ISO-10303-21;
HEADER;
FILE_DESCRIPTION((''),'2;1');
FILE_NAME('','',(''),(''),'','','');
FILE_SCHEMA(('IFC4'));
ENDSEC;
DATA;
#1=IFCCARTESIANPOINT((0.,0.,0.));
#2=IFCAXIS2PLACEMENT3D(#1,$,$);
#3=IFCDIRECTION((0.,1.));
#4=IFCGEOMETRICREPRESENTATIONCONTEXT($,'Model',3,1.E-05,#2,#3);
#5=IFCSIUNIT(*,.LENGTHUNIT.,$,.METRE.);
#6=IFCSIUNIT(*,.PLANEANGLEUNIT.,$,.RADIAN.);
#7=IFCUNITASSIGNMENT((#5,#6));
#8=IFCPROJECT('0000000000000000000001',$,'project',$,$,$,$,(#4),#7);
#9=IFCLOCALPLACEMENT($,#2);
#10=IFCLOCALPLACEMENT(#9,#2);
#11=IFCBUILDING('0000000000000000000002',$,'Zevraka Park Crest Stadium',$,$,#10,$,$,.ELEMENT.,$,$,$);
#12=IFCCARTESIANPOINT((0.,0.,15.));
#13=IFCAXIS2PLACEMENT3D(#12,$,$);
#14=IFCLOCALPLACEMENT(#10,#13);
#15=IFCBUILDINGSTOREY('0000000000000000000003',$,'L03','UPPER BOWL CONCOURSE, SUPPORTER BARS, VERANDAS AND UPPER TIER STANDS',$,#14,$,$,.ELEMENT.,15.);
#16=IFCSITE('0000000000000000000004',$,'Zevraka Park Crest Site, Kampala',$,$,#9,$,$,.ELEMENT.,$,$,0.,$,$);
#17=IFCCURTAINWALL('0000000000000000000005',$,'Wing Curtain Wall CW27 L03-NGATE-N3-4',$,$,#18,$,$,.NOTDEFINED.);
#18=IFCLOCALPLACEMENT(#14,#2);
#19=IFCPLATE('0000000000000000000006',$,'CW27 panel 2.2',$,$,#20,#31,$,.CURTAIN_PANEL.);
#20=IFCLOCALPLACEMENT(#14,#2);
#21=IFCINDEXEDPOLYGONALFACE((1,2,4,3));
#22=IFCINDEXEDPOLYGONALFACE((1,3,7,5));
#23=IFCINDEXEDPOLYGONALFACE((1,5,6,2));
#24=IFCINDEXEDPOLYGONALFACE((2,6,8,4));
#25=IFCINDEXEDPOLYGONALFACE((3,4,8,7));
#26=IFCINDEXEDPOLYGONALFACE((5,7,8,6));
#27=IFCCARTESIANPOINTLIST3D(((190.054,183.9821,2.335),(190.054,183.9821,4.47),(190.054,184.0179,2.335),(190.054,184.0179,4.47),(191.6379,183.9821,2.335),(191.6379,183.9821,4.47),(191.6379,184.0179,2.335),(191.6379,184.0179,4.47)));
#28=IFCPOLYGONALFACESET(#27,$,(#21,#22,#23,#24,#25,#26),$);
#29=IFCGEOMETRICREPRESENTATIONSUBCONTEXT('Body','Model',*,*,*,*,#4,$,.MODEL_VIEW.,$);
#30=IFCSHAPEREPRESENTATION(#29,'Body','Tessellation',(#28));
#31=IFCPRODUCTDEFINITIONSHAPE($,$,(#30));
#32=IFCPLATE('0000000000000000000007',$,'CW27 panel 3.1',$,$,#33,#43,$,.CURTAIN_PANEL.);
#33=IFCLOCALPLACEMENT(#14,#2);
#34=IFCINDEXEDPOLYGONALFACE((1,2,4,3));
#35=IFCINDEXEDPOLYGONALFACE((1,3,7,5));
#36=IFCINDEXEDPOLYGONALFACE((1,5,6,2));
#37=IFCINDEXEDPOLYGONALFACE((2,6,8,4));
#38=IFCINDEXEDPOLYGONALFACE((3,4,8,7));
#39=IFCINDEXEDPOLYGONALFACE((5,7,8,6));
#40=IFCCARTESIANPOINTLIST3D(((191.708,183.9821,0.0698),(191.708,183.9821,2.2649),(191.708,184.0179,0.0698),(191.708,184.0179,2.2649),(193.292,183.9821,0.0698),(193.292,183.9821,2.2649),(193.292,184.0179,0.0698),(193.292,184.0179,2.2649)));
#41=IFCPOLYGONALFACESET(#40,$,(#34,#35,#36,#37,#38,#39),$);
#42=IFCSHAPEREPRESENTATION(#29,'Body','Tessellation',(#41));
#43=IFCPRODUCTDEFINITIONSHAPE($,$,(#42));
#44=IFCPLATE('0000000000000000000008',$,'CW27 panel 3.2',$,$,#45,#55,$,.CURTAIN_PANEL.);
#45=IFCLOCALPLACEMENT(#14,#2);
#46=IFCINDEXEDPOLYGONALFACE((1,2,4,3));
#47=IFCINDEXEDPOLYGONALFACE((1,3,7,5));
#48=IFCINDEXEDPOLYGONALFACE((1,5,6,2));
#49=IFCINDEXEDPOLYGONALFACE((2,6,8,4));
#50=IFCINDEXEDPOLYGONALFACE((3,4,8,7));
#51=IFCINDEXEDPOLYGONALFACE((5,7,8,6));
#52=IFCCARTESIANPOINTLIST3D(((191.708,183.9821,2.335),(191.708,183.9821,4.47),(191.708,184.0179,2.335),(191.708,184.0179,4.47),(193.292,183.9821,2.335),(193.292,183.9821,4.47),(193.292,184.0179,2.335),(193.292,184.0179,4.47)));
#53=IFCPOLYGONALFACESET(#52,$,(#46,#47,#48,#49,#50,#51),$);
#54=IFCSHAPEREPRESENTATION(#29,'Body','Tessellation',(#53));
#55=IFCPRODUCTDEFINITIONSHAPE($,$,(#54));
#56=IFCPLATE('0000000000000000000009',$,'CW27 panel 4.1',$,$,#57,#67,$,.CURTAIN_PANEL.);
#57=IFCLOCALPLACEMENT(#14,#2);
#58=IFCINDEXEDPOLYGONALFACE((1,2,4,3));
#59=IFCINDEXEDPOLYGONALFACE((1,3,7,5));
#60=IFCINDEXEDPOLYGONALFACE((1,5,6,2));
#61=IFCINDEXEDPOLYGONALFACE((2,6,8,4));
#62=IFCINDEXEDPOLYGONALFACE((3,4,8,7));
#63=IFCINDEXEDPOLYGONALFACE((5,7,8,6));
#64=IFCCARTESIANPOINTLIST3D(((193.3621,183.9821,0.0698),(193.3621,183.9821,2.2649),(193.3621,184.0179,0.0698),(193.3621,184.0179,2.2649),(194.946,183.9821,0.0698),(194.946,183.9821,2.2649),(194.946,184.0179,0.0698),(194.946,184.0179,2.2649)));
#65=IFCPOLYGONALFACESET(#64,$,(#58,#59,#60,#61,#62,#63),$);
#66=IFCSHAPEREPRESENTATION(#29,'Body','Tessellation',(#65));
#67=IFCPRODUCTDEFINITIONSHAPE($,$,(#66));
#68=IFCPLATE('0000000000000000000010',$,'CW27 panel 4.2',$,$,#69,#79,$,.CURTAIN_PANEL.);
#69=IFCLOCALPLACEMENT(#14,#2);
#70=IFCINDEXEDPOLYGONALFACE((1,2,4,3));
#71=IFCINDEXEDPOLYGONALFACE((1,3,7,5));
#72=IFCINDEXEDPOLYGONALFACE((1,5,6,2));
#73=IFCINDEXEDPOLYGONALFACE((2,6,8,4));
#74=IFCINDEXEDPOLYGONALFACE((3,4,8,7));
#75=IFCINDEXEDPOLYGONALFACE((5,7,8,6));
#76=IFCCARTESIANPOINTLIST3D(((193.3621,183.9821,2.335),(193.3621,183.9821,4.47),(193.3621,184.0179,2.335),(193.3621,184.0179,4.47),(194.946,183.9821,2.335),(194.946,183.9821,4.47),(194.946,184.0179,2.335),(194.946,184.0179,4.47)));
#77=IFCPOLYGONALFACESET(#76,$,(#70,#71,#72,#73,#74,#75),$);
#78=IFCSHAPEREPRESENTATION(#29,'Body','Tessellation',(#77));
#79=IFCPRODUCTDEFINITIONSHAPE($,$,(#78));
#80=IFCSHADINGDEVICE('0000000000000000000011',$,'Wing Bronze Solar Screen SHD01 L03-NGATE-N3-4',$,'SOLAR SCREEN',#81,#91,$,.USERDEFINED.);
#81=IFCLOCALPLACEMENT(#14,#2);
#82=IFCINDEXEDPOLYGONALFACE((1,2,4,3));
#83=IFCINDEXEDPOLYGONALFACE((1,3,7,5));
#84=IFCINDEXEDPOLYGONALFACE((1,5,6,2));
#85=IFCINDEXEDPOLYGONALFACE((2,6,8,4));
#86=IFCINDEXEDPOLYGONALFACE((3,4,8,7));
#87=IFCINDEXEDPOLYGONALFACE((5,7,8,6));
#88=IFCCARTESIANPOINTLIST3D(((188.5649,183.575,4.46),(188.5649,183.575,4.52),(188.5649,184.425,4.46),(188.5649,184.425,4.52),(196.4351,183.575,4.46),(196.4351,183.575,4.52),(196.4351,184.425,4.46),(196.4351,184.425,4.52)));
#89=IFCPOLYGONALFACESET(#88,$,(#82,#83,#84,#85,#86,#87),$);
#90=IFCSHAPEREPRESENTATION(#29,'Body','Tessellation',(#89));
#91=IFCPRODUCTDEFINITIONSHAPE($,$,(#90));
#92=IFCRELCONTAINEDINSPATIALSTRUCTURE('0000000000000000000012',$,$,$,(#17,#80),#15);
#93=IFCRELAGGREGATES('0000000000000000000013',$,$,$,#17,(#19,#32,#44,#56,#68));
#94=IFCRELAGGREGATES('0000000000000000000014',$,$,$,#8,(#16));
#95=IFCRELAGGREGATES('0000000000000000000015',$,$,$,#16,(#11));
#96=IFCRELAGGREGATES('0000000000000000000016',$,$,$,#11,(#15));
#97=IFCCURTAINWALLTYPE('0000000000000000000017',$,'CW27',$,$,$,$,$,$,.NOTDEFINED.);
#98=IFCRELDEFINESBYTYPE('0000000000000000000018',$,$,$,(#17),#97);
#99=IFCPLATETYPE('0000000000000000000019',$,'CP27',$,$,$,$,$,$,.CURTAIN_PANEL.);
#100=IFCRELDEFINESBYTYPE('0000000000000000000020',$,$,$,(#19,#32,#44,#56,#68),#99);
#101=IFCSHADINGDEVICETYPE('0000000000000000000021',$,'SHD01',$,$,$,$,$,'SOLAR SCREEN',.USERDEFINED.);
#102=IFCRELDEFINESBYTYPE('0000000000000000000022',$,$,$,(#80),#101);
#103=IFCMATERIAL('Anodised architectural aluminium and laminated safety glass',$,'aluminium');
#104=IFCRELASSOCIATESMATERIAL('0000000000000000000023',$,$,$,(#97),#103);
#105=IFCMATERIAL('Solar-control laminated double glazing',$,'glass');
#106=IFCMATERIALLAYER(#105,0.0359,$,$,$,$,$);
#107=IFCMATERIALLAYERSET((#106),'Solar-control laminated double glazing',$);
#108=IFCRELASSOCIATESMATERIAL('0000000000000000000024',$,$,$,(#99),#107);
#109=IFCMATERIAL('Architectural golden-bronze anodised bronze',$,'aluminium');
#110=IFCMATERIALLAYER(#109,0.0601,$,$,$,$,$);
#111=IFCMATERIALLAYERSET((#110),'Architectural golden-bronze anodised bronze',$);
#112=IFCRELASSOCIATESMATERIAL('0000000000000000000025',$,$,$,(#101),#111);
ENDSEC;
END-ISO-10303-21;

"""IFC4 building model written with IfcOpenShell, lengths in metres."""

from ifc_helpers import new_model, si_unit, direction, frame, origin, origin_2d, place, context, subcontext, project, spatial, rectangle, extrude, material, layer, layer_set, type_object, element, aggregate, save


model = new_model("IFC4")

# Units and contexts
model_context = context("Model", 3, precision=1e-05, world=origin(), true_north=direction((0.0, 1.0)))
body_context = subcontext(model_context, "Body", "Model", "MODEL_VIEW")
ifc_project = project(units=[si_unit("LENGTHUNIT", "METRE"), si_unit("PLANEANGLEUNIT", "RADIAN")], contexts=[model_context])

# Site, building, storey
site_placement = place(None, origin())
site = spatial("IfcSite", under=ifc_project, at=site_placement, Name="Zevraka Park Crest Site, Kampala", CompositionType="ELEMENT", RefElevation=0.0)
building_placement = place(site_placement, origin())
building = spatial("IfcBuilding", under=site, at=building_placement, Name="Zevraka Park Crest Stadium", CompositionType="ELEMENT")
storey_placement = place(building_placement, frame((0.0, 0.0, 15.0)))
storey = spatial("IfcBuildingStorey", under=building, at=storey_placement, Name="L03", Description="UPPER BOWL CONCOURSE, SUPPORTER BARS, VERANDAS AND UPPER TIER STANDS", CompositionType="ELEMENT", Elevation=15.0)

# Curtain wall, plates
ifc_material_1 = material(Name="Anodised architectural aluminium and laminated safety glass", Category="aluminium")
curtain_wall_type = type_object("IfcCurtainWallType", Name="CW27", PredefinedType="NOTDEFINED", material=ifc_material_1)
curtain_wall_placement = place(storey_placement, origin())
curtain_wall = element("IfcCurtainWall", 1, at=curtain_wall_placement, inside=storey, type_object=curtain_wall_type, Name="Wing Curtain Wall CW27 L03-NGATE-N3-4", PredefinedType="NOTDEFINED")
ifc_material_2 = material(Name="Solar-control laminated double glazing", Category="glass")
ifc_layer_1 = layer(ifc_material_2, 0.0359)
ifc_layer_set_1 = layer_set([ifc_layer_1], Name="Solar-control laminated double glazing")
plate_type = type_object("IfcPlateType", Name="CP27", PredefinedType="CURTAIN_PANEL", material=ifc_layer_set_1)
plate_1_placement = place(storey_placement, frame((190.8459, 184.0, 2.335), z_axis=(0.0, 0.0, 1.0), x_axis=(1.0, 0.0, 0.0)))
plate_1 = element("IfcPlate", 2, at=plate_1_placement, type_object=plate_type, Name="CW27 panel 2.2", PredefinedType="CURTAIN_PANEL", context=body_context, shape_type="SweptSolid", body=[
    extrude(rectangle(XDim=1.584, YDim=0.0359, at=origin_2d()), origin(), (0.0, 0.0, 1.0), 2.135),
])
plate_2_placement = place(storey_placement, frame((192.5, 184.0, 0.0698), z_axis=(0.0, 0.0, 1.0), x_axis=(1.0, 0.0, 0.0)))
plate_2 = element("IfcPlate", 3, at=plate_2_placement, type_object=plate_type, Name="CW27 panel 3.1", PredefinedType="CURTAIN_PANEL", context=body_context, shape_type="SweptSolid", body=[
    extrude(rectangle(XDim=1.584, YDim=0.0359, at=origin_2d()), origin(), (0.0, 0.0, 1.0), 2.1951),
])
plate_3_placement = place(storey_placement, frame((192.5, 184.0, 2.335), z_axis=(0.0, 0.0, 1.0), x_axis=(1.0, 0.0, 0.0)))
plate_3 = element("IfcPlate", 4, at=plate_3_placement, type_object=plate_type, Name="CW27 panel 3.2", PredefinedType="CURTAIN_PANEL", context=body_context, shape_type="SweptSolid", body=[
    extrude(rectangle(XDim=1.584, YDim=0.0359, at=origin_2d()), origin(), (0.0, 0.0, 1.0), 2.135),
])
plate_4_placement = place(storey_placement, frame((194.1541, 184.0, 0.0698), z_axis=(0.0, 0.0, 1.0), x_axis=(1.0, 0.0, 0.0)))
plate_4 = element("IfcPlate", 5, at=plate_4_placement, type_object=plate_type, Name="CW27 panel 4.1", PredefinedType="CURTAIN_PANEL", context=body_context, shape_type="SweptSolid", body=[
    extrude(rectangle(XDim=1.584, YDim=0.0359, at=origin_2d()), origin(), (0.0, 0.0, 1.0), 2.1951),
])
plate_5_placement = place(storey_placement, frame((194.1541, 184.0, 2.335), z_axis=(0.0, 0.0, 1.0), x_axis=(1.0, 0.0, 0.0)))
plate_5 = element("IfcPlate", 6, at=plate_5_placement, type_object=plate_type, Name="CW27 panel 4.2", PredefinedType="CURTAIN_PANEL", context=body_context, shape_type="SweptSolid", body=[
    extrude(rectangle(XDim=1.584, YDim=0.0359, at=origin_2d()), origin(), (0.0, 0.0, 1.0), 2.135),
])
aggregate(curtain_wall, [plate_1, plate_2, plate_3, plate_4, plate_5])

# Shading device
ifc_material_3 = material(Name="Architectural golden-bronze anodised bronze", Category="aluminium")
ifc_layer_2 = layer(ifc_material_3, 0.0601)
ifc_layer_set_2 = layer_set([ifc_layer_2], Name="Architectural golden-bronze anodised bronze")
shading_device_type = type_object("IfcShadingDeviceType", Name="SHD01", ElementType="SOLAR SCREEN", PredefinedType="USERDEFINED", material=ifc_layer_set_2)
shading_device_placement = place(storey_placement, frame((192.5, 184.0, 4.46), z_axis=(0.0, 0.0, 1.0), x_axis=(1.0, 0.0, 0.0)))
element("IfcShadingDevice", 7, at=shading_device_placement, inside=storey, type_object=shading_device_type, Name="Wing Bronze Solar Screen SHD01 L03-NGATE-N3-4", ObjectType="SOLAR SCREEN", PredefinedType="USERDEFINED", context=body_context, shape_type="SweptSolid", body=[
    extrude(rectangle(XDim=7.8701, YDim=0.8501, at=origin_2d()), origin(), (0.0, 0.0, 1.0), 0.0601),
])

save(model, "model.ifc")
